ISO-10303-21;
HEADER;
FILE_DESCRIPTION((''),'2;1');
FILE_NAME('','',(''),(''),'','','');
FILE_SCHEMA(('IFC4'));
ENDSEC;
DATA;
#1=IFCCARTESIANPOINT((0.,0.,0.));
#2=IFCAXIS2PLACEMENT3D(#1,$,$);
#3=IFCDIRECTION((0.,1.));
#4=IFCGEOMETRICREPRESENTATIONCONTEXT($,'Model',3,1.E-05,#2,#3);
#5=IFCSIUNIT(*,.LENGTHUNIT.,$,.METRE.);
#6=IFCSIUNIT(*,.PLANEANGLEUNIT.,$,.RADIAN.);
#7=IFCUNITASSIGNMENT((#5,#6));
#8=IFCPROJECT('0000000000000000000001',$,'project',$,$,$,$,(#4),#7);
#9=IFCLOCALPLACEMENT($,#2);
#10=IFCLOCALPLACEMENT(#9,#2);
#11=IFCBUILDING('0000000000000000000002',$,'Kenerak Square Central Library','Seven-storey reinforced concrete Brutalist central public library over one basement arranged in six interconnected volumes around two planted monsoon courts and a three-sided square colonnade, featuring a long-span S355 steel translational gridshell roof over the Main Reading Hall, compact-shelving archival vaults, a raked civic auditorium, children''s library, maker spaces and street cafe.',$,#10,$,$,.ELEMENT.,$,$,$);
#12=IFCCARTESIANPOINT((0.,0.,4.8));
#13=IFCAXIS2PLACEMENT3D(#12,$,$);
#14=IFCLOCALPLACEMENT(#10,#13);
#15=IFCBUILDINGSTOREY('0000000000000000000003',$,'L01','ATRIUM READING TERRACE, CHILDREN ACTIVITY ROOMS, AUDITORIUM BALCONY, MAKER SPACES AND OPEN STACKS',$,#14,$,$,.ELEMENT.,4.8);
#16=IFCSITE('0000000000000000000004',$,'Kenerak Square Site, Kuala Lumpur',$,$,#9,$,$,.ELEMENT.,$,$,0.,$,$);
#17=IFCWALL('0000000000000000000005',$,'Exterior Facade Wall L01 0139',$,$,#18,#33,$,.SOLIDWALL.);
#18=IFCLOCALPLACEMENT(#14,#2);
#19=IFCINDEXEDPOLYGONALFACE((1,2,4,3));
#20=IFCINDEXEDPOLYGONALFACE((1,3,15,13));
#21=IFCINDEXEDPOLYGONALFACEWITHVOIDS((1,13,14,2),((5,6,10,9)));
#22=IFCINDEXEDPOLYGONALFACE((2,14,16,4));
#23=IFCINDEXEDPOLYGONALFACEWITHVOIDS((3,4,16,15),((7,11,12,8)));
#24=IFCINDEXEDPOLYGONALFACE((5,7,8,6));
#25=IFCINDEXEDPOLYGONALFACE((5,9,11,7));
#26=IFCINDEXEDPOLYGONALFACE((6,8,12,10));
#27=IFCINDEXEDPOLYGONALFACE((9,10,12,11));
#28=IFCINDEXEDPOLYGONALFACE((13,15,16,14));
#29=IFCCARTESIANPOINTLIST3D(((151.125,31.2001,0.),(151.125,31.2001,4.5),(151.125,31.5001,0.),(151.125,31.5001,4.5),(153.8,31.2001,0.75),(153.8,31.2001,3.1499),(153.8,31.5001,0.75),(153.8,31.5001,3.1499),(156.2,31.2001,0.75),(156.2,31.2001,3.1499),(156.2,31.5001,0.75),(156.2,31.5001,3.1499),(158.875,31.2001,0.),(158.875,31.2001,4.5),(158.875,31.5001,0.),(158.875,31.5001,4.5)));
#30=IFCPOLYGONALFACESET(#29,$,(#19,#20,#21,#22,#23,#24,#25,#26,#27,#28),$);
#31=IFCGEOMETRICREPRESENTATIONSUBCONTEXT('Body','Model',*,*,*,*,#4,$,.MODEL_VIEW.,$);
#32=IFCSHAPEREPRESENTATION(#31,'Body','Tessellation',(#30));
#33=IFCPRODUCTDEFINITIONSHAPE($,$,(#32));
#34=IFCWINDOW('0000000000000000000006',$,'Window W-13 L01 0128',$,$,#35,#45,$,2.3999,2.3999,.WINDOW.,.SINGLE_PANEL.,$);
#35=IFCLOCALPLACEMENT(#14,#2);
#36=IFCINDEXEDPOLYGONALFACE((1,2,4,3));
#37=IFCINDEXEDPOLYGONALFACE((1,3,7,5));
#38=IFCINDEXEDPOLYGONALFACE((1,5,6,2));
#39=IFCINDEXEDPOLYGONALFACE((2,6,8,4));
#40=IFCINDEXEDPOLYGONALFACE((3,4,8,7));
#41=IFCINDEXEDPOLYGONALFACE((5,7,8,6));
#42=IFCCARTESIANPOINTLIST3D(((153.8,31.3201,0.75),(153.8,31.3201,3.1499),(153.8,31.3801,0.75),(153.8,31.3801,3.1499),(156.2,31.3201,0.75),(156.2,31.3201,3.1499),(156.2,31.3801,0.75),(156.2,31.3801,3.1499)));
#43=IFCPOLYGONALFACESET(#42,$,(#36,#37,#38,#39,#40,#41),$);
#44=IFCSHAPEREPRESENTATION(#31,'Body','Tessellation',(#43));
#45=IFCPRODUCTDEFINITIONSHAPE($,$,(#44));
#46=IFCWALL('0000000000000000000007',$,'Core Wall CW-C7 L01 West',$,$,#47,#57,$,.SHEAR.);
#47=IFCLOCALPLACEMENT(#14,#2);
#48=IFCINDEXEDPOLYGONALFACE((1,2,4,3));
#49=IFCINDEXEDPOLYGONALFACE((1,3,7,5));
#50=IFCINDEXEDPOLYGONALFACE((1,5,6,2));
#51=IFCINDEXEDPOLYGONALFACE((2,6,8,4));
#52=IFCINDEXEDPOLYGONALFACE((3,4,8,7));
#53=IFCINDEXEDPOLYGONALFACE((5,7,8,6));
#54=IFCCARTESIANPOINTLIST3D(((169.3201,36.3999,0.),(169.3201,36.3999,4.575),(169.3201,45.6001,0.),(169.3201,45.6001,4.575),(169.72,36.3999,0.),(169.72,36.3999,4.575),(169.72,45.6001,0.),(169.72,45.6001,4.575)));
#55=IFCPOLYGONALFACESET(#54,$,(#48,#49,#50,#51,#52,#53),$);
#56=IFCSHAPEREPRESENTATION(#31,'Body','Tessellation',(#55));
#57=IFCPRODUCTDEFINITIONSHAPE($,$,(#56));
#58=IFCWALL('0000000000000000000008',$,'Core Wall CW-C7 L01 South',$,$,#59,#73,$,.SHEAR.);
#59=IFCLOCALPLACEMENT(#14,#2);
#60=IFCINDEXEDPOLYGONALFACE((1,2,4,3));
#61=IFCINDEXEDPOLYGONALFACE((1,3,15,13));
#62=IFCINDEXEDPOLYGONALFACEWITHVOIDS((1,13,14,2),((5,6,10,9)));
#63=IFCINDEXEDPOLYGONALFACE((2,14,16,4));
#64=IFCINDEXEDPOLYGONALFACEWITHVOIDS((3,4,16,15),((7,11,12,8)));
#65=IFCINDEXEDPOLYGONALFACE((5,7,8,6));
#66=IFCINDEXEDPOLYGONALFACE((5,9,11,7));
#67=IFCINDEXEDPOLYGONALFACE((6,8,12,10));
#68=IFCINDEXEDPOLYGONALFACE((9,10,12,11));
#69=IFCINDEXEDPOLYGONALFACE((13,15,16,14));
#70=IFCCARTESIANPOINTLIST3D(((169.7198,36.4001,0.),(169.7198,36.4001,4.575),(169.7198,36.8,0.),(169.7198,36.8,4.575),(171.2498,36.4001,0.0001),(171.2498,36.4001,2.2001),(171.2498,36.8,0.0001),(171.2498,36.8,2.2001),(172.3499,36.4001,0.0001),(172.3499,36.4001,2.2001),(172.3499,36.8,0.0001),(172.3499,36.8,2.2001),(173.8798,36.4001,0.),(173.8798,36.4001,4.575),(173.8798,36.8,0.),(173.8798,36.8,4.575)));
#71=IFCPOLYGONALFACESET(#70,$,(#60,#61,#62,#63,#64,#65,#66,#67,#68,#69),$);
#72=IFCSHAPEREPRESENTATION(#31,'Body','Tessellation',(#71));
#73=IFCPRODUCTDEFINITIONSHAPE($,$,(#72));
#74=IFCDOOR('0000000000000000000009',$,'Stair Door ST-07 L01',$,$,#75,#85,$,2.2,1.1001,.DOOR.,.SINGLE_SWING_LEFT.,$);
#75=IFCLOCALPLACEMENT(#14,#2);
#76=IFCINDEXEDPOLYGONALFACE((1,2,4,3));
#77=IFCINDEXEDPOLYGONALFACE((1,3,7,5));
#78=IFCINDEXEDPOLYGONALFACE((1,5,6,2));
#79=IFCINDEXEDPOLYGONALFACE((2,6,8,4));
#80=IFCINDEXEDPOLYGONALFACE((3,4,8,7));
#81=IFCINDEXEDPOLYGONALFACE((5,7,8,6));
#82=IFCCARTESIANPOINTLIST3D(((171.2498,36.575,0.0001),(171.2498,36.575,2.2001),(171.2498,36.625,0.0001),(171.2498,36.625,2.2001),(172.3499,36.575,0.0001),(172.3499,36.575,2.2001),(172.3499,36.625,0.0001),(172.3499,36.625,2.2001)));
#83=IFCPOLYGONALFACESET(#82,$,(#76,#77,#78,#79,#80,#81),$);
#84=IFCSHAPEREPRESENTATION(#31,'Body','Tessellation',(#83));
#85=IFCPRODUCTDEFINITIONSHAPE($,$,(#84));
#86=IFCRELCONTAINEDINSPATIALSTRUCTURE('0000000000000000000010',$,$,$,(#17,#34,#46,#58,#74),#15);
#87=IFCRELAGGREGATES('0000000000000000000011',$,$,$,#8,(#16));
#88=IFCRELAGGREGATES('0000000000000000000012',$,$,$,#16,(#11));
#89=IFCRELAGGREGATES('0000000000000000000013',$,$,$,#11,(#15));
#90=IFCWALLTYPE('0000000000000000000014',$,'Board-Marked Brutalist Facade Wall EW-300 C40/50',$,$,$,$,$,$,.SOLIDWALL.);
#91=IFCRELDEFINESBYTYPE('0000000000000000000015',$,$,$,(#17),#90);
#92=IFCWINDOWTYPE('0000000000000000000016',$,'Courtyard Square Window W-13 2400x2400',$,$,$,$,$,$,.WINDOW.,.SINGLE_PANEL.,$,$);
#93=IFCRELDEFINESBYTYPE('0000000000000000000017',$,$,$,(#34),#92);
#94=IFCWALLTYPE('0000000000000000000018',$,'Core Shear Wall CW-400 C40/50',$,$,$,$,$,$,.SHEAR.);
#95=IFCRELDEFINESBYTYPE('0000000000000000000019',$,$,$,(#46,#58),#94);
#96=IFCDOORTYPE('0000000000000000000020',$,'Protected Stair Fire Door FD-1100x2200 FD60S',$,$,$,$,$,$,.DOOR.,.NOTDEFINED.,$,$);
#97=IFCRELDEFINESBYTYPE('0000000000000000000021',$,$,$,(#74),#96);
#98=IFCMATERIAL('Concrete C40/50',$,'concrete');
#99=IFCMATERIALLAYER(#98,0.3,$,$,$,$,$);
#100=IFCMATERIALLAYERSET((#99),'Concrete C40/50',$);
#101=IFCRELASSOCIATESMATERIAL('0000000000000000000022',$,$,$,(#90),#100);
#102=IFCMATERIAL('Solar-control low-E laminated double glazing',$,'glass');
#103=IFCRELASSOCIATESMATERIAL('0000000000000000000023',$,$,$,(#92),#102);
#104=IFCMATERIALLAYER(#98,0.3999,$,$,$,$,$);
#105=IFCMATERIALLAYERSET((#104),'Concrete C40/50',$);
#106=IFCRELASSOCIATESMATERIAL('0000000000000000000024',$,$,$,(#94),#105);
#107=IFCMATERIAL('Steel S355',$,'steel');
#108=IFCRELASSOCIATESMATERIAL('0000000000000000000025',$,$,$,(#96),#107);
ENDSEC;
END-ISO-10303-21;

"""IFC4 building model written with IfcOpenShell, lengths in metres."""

from ifc_helpers import new_model, si_unit, direction, frame, frame_2d, origin, place, context, subcontext, project, spatial, rectangle, extrude, material, layer, layer_set, type_object, element, fill, save


model = new_model("IFC4")

# Units and contexts
model_context = context("Model", 3, precision=1e-05, world=origin(), true_north=direction((0.0, 1.0)))
body_context = subcontext(model_context, "Body", "Model", "MODEL_VIEW")
ifc_project = project(units=[si_unit("LENGTHUNIT", "METRE"), si_unit("PLANEANGLEUNIT", "RADIAN")], contexts=[model_context])

# Site, building, storey
site_placement = place(None, origin())
site = spatial("IfcSite", under=ifc_project, at=site_placement, Name="Kenerak Square Site, Kuala Lumpur", CompositionType="ELEMENT", RefElevation=0.0)
building_placement = place(site_placement, origin())
building = spatial("IfcBuilding", under=site, at=building_placement, Name="Kenerak Square Central Library", Description="Seven-storey reinforced concrete Brutalist central public library over one basement arranged in six interconnected volumes around two planted monsoon courts and a three-sided square colonnade, featuring a long-span S355 steel translational gridshell roof over the Main Reading Hall, compact-shelving archival vaults, a raked civic auditorium, children's library, maker spaces and street cafe.", CompositionType="ELEMENT")
storey_placement = place(building_placement, frame((0.0, 0.0, 4.8)))
storey = spatial("IfcBuildingStorey", under=building, at=storey_placement, Name="L01", Description="ATRIUM READING TERRACE, CHILDREN ACTIVITY ROOMS, AUDITORIUM BALCONY, MAKER SPACES AND OPEN STACKS", CompositionType="ELEMENT", Elevation=4.8)

# Shared definitions
ifc_material_1 = material(Name="Concrete C40/50", Category="concrete")

# Wall, opening, window
ifc_layer_1 = layer(ifc_material_1, 0.3)
ifc_layer_set_1 = layer_set([ifc_layer_1], Name="Concrete C40/50")
wall_type_1 = type_object("IfcWallType", Name="Board-Marked Brutalist Facade Wall EW-300 C40/50", PredefinedType="SOLIDWALL", material=ifc_layer_set_1)
ifc_material_2 = material(Name="Solar-control low-E laminated double glazing", Category="glass")
window_type = type_object("IfcWindowType", Name="Courtyard Square Window W-13 2400x2400", PartitioningType="SINGLE_PANEL", PredefinedType="WINDOW", material=ifc_material_2)
wall_1_placement = place(storey_placement, frame((158.875, 31.3501, 0.0), z_axis=(0.0, 0.0, 1.0), x_axis=(-1.0, 0.0, 0.0)))
wall_1 = element("IfcWall", 1, at=wall_1_placement, inside=storey, type_object=wall_type_1, Name="Exterior Facade Wall L01 0139", PredefinedType="SOLIDWALL", context=body_context, shape_type="SweptSolid", body=[
    extrude(rectangle(XDim=7.75, YDim=0.3, at=frame_2d((3.875, 0.0))), origin(), (0.0, 0.0, 1.0), 4.5),
])
opening_1_placement = place(wall_1_placement, frame((2.675, 0.0, 0.75)))
opening_1 = element("IfcOpeningElement", 2, at=opening_1_placement, cuts=wall_1, PredefinedType="OPENING", context=body_context, shape_type="SweptSolid", body=[
    extrude(rectangle(XDim=2.3999, YDim=2.3999, at=frame_2d((1.2, 1.2))), frame((0.0, 0.1599, 0.0), z_axis=(0.0, -1.0, 0.0), x_axis=(1.0, 0.0, 0.0)), (0.0, 0.0, 1.0), 0.3201),
])
window_1_placement = place(opening_1_placement, origin())
window_1 = element("IfcWindow", 3, at=window_1_placement, inside=storey, type_object=window_type, Name="Window W-13 L01 0128", OverallHeight=2.3999, OverallWidth=2.3999, PartitioningType="SINGLE_PANEL", PredefinedType="WINDOW", context=body_context, shape_type="SweptSolid", body=[
    extrude(rectangle(XDim=2.3999, YDim=2.3999, at=frame_2d((1.2, 1.2))), frame((0.0, 0.03, 0.0), z_axis=(0.0, -1.0, 0.0), x_axis=(1.0, 0.0, 0.0)), (0.0, 0.0, 1.0), 0.0601),
])
fill(opening_1, window_1)

# Wall
ifc_layer_2 = layer(ifc_material_1, 0.3999)
ifc_layer_set_2 = layer_set([ifc_layer_2], Name="Concrete C40/50")
wall_type_2 = type_object("IfcWallType", Name="Core Shear Wall CW-400 C40/50", PredefinedType="SHEAR", material=ifc_layer_set_2)
wall_2_placement = place(storey_placement, frame((169.52, 36.3999, 0.0), z_axis=(0.0, 0.0, 1.0), x_axis=(0.0, 1.0, 0.0)))
element("IfcWall", 4, at=wall_2_placement, inside=storey, type_object=wall_type_2, Name="Core Wall CW-C7 L01 West", PredefinedType="SHEAR", context=body_context, shape_type="SweptSolid", body=[
    extrude(rectangle(XDim=9.2002, YDim=0.3999, at=frame_2d((4.6001, 0.0))), origin(), (0.0, 0.0, 1.0), 4.575),
])

# Wall, opening, door
wall_3_placement = place(storey_placement, frame((173.8799, 36.6001, 0.0), z_axis=(0.0, 0.0, 1.0), x_axis=(-1.0, 0.0, 0.0)))
wall_3 = element("IfcWall", 5, at=wall_3_placement, inside=storey, type_object=wall_type_2, Name="Core Wall CW-C7 L01 South", PredefinedType="SHEAR", context=body_context, shape_type="SweptSolid", body=[
    extrude(rectangle(XDim=4.1599, YDim=0.3999, at=frame_2d((2.0801, 0.0))), origin(), (0.0, 0.0, 1.0), 4.575),
])
opening_2_placement = place(wall_3_placement, frame((1.53, 0.0, 0.0)))
opening_2 = element("IfcOpeningElement", 6, at=opening_2_placement, cuts=wall_3, PredefinedType="OPENING", context=body_context, shape_type="SweptSolid", body=[
    extrude(rectangle(XDim=1.1001, YDim=2.2, at=frame_2d((0.55, 1.1001))), frame((0.0, 0.21, 0.0), z_axis=(0.0, -1.0, 0.0), x_axis=(1.0, 0.0, 0.0)), (0.0, 0.0, 1.0), 0.4199),
])
ifc_material_3 = material(Name="Steel S355", Category="steel")
door_type = type_object("IfcDoorType", Name="Protected Stair Fire Door FD-1100x2200 FD60S", OperationType="NOTDEFINED", PredefinedType="DOOR", material=ifc_material_3)
door_placement = place(opening_2_placement, frame((1.1001, 0.0, 0.0), z_axis=(0.0, 0.0, 1.0), x_axis=(-1.0, 0.0, 0.0)))
door = element("IfcDoor", 7, at=door_placement, inside=storey, type_object=door_type, Name="Stair Door ST-07 L01", OperationType="SINGLE_SWING_LEFT", OverallHeight=2.2, OverallWidth=1.1001, PredefinedType="DOOR", context=body_context, shape_type="SweptSolid", body=[
    extrude(rectangle(XDim=1.1001, YDim=2.2, at=frame_2d((0.55, 1.1001))), frame((0.0, 0.0249, 0.0), z_axis=(0.0, -1.0, 0.0), x_axis=(1.0, 0.0, 0.0)), (0.0, 0.0, 1.0), 0.05),
])
fill(opening_2, door)

save(model, "model.ifc")
